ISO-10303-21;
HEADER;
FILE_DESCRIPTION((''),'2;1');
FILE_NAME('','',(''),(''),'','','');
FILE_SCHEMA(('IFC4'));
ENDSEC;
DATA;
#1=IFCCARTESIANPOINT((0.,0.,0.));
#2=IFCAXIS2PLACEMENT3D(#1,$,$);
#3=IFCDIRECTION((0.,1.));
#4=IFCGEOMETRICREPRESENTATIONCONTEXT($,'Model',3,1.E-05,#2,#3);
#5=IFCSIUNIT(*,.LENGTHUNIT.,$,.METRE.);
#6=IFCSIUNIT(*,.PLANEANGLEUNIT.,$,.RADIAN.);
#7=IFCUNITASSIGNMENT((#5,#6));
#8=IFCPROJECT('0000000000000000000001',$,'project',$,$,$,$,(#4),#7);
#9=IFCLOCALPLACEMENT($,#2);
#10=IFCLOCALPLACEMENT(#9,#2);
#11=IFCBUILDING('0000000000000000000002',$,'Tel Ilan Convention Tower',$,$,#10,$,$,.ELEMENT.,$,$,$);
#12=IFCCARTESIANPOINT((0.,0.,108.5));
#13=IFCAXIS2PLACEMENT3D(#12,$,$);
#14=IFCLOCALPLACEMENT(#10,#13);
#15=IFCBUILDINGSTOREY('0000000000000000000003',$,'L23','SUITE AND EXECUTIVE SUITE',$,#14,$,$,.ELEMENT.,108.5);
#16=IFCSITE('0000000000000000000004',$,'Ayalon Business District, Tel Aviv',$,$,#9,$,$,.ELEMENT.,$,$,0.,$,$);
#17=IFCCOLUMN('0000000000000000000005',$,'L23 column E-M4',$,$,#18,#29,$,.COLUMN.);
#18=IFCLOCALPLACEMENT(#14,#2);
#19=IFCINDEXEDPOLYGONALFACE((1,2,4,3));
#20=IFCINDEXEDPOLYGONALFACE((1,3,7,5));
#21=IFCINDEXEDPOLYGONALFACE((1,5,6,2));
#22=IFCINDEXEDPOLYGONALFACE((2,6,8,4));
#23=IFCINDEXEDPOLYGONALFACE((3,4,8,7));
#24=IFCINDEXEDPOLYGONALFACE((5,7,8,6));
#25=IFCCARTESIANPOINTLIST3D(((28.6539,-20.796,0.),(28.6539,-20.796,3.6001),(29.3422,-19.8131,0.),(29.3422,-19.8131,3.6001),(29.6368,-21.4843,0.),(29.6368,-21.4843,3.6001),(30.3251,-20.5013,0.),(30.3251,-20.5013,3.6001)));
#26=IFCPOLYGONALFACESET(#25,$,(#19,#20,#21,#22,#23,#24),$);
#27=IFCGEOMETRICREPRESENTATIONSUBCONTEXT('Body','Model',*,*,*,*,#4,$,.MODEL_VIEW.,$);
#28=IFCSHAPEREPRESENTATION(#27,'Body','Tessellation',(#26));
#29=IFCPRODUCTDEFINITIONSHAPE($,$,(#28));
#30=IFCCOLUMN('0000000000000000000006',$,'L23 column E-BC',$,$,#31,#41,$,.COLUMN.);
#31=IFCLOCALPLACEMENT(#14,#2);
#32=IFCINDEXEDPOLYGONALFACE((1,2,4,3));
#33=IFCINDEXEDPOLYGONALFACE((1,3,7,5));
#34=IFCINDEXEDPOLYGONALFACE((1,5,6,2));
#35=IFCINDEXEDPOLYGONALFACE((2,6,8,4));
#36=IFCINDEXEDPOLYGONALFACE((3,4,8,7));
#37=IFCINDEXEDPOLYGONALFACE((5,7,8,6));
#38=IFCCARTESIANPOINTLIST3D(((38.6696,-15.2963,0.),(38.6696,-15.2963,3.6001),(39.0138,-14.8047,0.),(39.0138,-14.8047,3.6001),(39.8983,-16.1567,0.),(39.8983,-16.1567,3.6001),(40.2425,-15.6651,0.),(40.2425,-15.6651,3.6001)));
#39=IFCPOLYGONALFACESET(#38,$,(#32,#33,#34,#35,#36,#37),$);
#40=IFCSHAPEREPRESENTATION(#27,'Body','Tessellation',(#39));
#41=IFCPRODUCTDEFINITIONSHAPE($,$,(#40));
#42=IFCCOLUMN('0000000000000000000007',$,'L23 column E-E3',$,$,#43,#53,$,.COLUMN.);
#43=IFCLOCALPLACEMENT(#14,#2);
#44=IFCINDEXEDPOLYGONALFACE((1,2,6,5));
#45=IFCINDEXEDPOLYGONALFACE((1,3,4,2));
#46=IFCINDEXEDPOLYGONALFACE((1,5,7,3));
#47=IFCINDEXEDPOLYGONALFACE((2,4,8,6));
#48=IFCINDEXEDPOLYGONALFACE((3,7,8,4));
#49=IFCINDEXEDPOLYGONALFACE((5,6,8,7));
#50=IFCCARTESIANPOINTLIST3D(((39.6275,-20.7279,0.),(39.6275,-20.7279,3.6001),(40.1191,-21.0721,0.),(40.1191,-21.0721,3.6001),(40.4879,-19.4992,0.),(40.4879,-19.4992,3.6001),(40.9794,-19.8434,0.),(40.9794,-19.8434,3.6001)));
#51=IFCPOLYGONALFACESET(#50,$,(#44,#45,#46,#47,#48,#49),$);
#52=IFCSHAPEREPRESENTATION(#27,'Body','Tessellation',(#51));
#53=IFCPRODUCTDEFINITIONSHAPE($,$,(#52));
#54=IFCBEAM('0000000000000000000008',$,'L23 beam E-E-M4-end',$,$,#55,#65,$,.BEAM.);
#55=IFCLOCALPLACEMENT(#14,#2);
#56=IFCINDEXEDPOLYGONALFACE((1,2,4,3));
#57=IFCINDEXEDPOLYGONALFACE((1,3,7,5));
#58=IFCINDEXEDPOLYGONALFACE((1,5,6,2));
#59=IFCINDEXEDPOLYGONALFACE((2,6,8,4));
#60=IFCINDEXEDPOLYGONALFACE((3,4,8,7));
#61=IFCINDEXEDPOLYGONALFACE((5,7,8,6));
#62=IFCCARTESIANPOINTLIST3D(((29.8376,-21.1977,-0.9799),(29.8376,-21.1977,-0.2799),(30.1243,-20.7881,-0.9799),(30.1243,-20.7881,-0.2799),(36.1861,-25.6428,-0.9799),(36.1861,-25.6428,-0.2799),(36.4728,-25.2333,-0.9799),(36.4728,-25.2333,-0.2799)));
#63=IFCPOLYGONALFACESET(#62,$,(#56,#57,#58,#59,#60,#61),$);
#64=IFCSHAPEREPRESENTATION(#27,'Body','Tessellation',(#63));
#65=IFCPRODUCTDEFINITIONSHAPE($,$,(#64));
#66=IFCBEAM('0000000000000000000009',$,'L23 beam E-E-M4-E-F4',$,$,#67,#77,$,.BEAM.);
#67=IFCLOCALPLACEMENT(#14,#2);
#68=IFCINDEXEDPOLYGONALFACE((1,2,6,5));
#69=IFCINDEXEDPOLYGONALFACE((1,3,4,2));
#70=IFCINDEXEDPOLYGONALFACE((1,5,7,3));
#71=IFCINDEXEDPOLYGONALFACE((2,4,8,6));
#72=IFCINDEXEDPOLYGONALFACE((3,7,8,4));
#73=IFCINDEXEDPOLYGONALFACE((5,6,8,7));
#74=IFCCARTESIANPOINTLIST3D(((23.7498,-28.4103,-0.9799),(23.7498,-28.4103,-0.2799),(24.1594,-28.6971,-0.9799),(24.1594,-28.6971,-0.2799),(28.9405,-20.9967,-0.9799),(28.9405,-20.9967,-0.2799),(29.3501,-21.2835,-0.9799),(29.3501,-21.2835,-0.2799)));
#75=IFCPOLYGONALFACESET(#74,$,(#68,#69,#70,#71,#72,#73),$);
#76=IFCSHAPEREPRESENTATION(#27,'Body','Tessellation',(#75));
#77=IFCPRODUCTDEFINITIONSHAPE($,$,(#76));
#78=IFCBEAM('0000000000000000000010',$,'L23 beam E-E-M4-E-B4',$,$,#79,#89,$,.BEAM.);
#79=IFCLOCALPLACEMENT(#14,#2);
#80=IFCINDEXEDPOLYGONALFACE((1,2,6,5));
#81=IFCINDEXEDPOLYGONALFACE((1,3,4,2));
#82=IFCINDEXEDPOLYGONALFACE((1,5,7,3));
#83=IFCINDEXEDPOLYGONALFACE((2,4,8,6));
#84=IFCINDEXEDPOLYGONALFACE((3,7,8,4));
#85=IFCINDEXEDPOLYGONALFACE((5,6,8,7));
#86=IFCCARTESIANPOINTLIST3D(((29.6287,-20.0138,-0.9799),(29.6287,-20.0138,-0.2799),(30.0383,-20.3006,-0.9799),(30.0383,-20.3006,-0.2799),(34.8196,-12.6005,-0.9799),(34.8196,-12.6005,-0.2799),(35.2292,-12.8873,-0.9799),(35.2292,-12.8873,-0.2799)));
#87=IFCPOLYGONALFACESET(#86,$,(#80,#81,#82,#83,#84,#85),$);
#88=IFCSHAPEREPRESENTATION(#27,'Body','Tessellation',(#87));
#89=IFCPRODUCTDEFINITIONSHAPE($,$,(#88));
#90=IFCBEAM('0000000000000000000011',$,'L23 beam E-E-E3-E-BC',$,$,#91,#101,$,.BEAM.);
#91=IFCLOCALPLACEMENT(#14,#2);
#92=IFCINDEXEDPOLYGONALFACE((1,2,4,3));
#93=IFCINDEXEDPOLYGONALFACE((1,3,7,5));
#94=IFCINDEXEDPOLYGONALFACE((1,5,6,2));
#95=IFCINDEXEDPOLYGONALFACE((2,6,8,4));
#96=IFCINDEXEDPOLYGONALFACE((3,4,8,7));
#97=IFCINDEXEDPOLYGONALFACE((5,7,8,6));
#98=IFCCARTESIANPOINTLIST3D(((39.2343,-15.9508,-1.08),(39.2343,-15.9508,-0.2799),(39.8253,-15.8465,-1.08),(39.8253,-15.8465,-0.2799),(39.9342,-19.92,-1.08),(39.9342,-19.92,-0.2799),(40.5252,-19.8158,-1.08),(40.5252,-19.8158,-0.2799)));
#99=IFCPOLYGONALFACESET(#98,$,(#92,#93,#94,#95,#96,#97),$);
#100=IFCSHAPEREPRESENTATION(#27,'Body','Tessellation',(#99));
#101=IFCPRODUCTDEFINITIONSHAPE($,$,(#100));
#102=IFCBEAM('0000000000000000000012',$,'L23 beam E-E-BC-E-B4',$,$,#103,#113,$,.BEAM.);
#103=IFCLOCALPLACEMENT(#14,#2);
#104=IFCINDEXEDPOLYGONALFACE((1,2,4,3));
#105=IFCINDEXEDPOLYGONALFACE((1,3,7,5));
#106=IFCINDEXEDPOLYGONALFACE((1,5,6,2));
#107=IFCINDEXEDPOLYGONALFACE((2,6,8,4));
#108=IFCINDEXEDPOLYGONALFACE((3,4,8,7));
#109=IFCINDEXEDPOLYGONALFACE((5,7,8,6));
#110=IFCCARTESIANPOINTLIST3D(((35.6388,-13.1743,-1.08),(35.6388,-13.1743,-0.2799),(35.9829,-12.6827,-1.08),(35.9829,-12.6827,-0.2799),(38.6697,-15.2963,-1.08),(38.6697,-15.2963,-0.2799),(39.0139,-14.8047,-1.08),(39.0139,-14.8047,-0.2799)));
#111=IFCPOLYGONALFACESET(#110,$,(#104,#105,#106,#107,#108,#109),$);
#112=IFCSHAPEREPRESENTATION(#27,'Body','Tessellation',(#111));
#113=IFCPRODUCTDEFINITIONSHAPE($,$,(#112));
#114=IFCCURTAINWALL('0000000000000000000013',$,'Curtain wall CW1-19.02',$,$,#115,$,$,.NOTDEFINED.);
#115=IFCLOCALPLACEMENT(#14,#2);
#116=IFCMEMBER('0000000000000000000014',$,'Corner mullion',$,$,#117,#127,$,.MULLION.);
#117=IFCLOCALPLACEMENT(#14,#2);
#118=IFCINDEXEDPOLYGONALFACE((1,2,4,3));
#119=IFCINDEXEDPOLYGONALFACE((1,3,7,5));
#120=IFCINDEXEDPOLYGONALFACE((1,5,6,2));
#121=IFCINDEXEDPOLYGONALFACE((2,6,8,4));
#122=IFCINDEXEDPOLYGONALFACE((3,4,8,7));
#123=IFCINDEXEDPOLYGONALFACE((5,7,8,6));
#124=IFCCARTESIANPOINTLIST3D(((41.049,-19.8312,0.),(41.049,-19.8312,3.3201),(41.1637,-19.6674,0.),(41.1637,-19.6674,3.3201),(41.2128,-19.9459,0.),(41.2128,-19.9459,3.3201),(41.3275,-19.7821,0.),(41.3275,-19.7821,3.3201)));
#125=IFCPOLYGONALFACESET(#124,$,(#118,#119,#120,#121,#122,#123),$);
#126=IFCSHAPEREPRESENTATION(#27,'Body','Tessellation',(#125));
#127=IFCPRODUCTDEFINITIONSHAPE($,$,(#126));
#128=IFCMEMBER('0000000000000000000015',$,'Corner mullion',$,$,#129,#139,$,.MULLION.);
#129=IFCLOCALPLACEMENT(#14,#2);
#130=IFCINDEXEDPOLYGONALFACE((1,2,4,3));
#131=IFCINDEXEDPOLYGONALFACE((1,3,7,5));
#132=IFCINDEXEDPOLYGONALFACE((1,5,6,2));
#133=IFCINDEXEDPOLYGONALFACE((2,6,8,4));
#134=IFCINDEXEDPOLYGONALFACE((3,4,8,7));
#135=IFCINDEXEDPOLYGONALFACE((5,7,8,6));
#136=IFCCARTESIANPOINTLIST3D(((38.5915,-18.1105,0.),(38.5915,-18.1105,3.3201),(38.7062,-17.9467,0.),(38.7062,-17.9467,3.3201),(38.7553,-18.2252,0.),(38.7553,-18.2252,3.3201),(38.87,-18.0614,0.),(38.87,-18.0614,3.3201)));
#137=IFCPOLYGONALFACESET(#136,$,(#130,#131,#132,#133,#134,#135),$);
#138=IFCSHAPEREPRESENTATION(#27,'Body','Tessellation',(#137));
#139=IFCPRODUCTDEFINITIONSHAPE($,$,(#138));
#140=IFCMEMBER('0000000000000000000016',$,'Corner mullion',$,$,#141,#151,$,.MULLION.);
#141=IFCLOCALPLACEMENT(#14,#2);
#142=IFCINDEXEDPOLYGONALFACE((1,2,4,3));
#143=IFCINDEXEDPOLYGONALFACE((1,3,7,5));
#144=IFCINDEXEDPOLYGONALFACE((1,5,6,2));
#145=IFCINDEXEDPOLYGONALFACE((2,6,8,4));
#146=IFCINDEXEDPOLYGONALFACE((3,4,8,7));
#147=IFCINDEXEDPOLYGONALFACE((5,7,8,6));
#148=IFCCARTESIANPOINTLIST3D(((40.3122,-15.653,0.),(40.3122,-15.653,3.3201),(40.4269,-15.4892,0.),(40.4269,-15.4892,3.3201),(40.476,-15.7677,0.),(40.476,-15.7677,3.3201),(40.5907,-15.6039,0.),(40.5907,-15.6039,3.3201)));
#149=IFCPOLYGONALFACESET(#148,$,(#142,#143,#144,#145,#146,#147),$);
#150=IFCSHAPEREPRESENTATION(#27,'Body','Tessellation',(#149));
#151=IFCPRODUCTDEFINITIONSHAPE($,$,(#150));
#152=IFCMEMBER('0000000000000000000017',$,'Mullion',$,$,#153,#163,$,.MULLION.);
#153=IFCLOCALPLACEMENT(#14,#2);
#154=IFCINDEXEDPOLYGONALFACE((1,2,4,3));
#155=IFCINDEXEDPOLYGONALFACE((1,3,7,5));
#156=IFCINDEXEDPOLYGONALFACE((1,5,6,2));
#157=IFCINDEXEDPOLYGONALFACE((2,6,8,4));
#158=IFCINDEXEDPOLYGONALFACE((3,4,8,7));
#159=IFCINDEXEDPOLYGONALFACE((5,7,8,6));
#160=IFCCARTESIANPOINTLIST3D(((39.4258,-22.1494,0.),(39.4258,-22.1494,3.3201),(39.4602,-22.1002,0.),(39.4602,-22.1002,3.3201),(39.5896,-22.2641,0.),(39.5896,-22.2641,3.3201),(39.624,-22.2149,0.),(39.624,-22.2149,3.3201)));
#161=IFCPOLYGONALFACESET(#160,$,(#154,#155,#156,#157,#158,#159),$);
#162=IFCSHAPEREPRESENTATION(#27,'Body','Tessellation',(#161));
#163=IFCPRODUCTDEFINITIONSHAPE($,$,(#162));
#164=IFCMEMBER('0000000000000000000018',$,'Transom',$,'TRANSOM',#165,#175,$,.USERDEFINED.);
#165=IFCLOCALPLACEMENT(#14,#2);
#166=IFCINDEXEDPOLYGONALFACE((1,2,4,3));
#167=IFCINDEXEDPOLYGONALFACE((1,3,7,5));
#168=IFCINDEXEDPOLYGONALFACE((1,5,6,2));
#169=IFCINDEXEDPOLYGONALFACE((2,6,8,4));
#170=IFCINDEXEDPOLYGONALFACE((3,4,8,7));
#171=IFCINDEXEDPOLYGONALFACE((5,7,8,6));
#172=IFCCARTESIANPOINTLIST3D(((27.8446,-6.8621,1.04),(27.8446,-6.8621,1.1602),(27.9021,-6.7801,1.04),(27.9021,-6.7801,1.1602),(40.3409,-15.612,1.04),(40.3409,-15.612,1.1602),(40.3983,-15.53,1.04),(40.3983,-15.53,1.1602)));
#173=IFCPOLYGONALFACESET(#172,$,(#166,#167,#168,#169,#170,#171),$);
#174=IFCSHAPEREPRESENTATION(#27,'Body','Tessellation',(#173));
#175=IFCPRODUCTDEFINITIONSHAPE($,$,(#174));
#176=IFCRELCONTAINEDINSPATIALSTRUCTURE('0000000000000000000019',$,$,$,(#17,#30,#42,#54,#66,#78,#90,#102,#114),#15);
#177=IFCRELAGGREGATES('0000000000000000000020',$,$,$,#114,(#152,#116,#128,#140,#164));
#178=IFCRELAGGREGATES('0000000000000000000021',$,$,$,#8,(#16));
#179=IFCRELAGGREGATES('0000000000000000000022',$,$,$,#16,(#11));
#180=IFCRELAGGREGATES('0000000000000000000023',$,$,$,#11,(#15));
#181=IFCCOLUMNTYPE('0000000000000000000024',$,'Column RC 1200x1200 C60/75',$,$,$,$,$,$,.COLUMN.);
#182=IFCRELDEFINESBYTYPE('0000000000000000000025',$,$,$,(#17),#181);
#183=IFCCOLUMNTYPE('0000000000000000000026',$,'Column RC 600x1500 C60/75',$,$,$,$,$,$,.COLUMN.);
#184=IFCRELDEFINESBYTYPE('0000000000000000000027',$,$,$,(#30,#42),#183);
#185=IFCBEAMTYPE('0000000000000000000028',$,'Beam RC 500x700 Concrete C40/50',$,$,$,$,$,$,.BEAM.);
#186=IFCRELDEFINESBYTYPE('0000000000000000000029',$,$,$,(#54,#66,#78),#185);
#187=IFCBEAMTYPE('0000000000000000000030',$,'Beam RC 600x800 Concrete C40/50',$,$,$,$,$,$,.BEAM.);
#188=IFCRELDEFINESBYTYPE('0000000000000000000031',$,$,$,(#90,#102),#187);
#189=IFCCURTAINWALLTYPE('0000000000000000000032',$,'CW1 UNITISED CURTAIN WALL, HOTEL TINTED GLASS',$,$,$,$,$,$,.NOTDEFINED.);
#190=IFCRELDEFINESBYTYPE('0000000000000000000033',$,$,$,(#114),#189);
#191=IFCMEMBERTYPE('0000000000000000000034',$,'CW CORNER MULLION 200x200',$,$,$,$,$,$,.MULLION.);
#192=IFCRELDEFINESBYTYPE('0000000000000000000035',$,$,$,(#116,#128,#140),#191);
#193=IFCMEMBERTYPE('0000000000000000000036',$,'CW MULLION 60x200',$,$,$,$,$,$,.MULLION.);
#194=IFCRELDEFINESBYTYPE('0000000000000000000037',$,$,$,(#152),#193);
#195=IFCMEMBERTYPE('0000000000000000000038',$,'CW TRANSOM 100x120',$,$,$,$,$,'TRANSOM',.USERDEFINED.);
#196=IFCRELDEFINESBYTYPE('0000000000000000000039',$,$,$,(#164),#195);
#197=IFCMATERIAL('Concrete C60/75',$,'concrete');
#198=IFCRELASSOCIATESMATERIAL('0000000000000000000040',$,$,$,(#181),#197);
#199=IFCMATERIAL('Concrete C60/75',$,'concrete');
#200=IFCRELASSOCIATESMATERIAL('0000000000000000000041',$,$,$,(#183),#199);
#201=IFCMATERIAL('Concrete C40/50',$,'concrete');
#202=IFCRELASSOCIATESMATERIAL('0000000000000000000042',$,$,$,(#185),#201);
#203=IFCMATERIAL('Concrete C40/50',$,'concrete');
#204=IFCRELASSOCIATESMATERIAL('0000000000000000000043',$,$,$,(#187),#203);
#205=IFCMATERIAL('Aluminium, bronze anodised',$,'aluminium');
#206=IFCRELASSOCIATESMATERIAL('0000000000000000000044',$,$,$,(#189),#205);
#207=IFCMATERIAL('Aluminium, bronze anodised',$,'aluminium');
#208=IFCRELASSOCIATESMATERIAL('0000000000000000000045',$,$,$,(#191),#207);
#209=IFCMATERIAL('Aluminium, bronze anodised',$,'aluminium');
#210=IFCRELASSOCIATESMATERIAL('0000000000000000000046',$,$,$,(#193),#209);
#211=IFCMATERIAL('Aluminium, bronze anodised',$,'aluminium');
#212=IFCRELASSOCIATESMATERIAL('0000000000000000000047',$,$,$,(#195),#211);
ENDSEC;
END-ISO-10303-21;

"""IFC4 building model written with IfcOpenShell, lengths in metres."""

from ifc_helpers import new_model, si_unit, direction, frame, origin, origin_2d, place, context, subcontext, project, spatial, rectangle, extrude, material, material_profile, profile_set, type_object, element, aggregate, save


model = new_model("IFC4")

# Units and contexts
model_context = context("Model", 3, precision=1e-05, world=origin(), true_north=direction((0.0, 1.0)))
body_context = subcontext(model_context, "Body", "Model", "MODEL_VIEW")
ifc_project = project(units=[si_unit("LENGTHUNIT", "METRE"), si_unit("PLANEANGLEUNIT", "RADIAN")], contexts=[model_context])

# Site, building, storey
site_placement = place(None, origin())
site = spatial("IfcSite", under=ifc_project, at=site_placement, Name="Ayalon Business District, Tel Aviv", CompositionType="ELEMENT", RefElevation=0.0)
building_placement = place(site_placement, origin())
building = spatial("IfcBuilding", under=site, at=building_placement, Name="Tel Ilan Convention Tower", CompositionType="ELEMENT")
storey_placement = place(building_placement, frame((0.0, 0.0, 108.5)))
storey = spatial("IfcBuildingStorey", under=building, at=storey_placement, Name="L23", Description="SUITE AND EXECUTIVE SUITE", CompositionType="ELEMENT", Elevation=108.5)

# Columns
ifc_material_1 = material(Name="Concrete C60/75", Category="concrete")
ifc_material_profile_1 = material_profile(ifc_material_1, rectangle(XDim=1.2, YDim=1.2, at=origin_2d()), Name="RC 1200x1200")
ifc_profile_set_1 = profile_set([ifc_material_profile_1], Name="Concrete C60/75")
column_type_1 = type_object("IfcColumnType", Name="Column RC 1200x1200 C60/75", PredefinedType="COLUMN", material=ifc_profile_set_1)
column_placement = place(storey_placement, frame((29.4895, -20.6487, 0.0), z_axis=(0.0, 0.0, 1.0), x_axis=(0.819152, -0.573576, 0.0)))
element("IfcColumn", 1, at=column_placement, inside=storey, type_object=column_type_1, Name="L23 column E-M4", PredefinedType="COLUMN", context=body_context, shape_type="SweptSolid", body=[
    extrude(rectangle(XDim=1.2, YDim=1.2, at=origin_2d()), origin(), (0.0, 0.0, 1.0), 3.6001),
])
ifc_material_2 = material(Name="Concrete C60/75", Category="concrete")
ifc_material_profile_2 = material_profile(ifc_material_2, rectangle(XDim=1.5, YDim=0.6001, at=origin_2d()), Name="RC 600x1500")
ifc_profile_set_2 = profile_set([ifc_material_profile_2], Name="Concrete C60/75")
column_type_2 = type_object("IfcColumnType", Name="Column RC 600x1500 C60/75", PredefinedType="COLUMN", material=ifc_profile_set_2)
for number, where, z_axis, x_axis, name in (
    (2, (39.4561, -15.4807, 0.0), (0.0, 0.0, 1.0), (0.819152, -0.573576, 0.0), "L23 column E-BC"),
    (3, (40.3035, -20.2856, 0.0), (0.0, 0.0, 1.0), (0.573576, 0.819152, 0.0), "L23 column E-E3"),
):
    element("IfcColumn", number, at=place(storey_placement, frame(where, z_axis=z_axis, x_axis=x_axis)), inside=storey, type_object=column_type_2, Name=name, PredefinedType="COLUMN", context=body_context, shape_type="SweptSolid", body=[
        extrude(rectangle(XDim=1.5, YDim=0.6001, at=origin_2d()), origin(), (0.0, 0.0, 1.0), 3.6001),
    ])

# Beams
ifc_material_3 = material(Name="Concrete C40/50", Category="concrete")
ifc_material_profile_3 = material_profile(ifc_material_3, rectangle(XDim=0.5, YDim=0.7, at=origin_2d()), Name="RC 500x700")
ifc_profile_set_3 = profile_set([ifc_material_profile_3], Name="Concrete C40/50")
beam_type_1 = type_object("IfcBeamType", Name="Beam RC 500x700 Concrete C40/50", PredefinedType="BEAM", material=ifc_profile_set_3)
beam_1_placement = place(storey_placement, frame((29.981, -20.9929, -0.6299), z_axis=(0.819159, -0.573566, 0.0), x_axis=(0.573566, 0.819159, 0.0)))
element("IfcBeam", 4, at=beam_1_placement, inside=storey, type_object=beam_type_1, Name="L23 beam E-E-M4-end", PredefinedType="BEAM", context=body_context, shape_type="SweptSolid", body=[
    extrude(rectangle(XDim=0.5, YDim=0.7, at=origin_2d()), origin(), (0.0, 0.0, 1.0), 7.75),
])
for number, where, z_axis, x_axis, name in (
    (5, (29.1453, -21.1401, -0.6299), (-0.573549, -0.819171, 0.0), (0.819171, -0.573549, 0.0), "L23 beam E-E-M4-E-F4"),
    (6, (29.8335, -20.1572, -0.6299), (0.57358, 0.81915, 0.0), (-0.81915, 0.57358, 0.0), "L23 beam E-E-M4-E-B4"),
):
    element("IfcBeam", number, at=place(storey_placement, frame(where, z_axis=z_axis, x_axis=x_axis)), inside=storey, type_object=beam_type_1, Name=name, PredefinedType="BEAM", context=body_context, shape_type="SweptSolid", body=[
        extrude(rectangle(XDim=0.5, YDim=0.7, at=origin_2d()), origin(), (0.0, 0.0, 1.0), 9.05),
    ])
ifc_material_4 = material(Name="Concrete C40/50", Category="concrete")
ifc_material_profile_4 = material_profile(ifc_material_4, rectangle(XDim=0.6001, YDim=0.8, at=origin_2d()), Name="RC 600x800")
ifc_profile_set_4 = profile_set([ifc_material_profile_4], Name="Concrete C40/50")
beam_type_2 = type_object("IfcBeamType", Name="Beam RC 600x800 Concrete C40/50", PredefinedType="BEAM", material=ifc_profile_set_4)
beam_2_placement = place(storey_placement, frame((40.2297, -19.8679, -0.6799), z_axis=(-0.173664, 0.984805, 0.0), x_axis=(-0.984805, -0.173664, 0.0)))
element("IfcBeam", 7, at=beam_2_placement, inside=storey, type_object=beam_type_2, Name="L23 beam E-E-E3-E-BC", PredefinedType="BEAM", context=body_context, shape_type="SweptSolid", body=[
    extrude(rectangle(XDim=0.6001, YDim=0.8, at=origin_2d()), origin(), (0.0, 0.0, 1.0), 4.0305),
])
beam_3_placement = place(storey_placement, frame((38.8418, -15.0505, -0.6799), z_axis=(-0.819185, 0.573529, 0.0), x_axis=(-0.573529, -0.819185, 0.0)))
element("IfcBeam", 8, at=beam_3_placement, inside=storey, type_object=beam_type_2, Name="L23 beam E-E-BC-E-B4", PredefinedType="BEAM", context=body_context, shape_type="SweptSolid", body=[
    extrude(rectangle(XDim=0.6001, YDim=0.8, at=origin_2d()), origin(), (0.0, 0.0, 1.0), 3.7),
])

# Curtain wall, members
ifc_material_5 = material(Name="Aluminium, bronze anodised", Category="aluminium")
curtain_wall_type = type_object("IfcCurtainWallType", Name="CW1 UNITISED CURTAIN WALL, HOTEL TINTED GLASS", PredefinedType="NOTDEFINED", material=ifc_material_5)
curtain_wall_placement = place(storey_placement, origin())
curtain_wall = element("IfcCurtainWall", 9, at=curtain_wall_placement, inside=storey, type_object=curtain_wall_type, Name="Curtain wall CW1-19.02", PredefinedType="NOTDEFINED")
ifc_material_6 = material(Name="Aluminium, bronze anodised", Category="aluminium")
ifc_material_profile_5 = material_profile(ifc_material_6, rectangle(XDim=0.2, YDim=0.2, at=origin_2d()), Name="CW CORNER MULLION 200x200")
ifc_profile_set_5 = profile_set([ifc_material_profile_5], Name="Aluminium, bronze anodised")
member_type_1 = type_object("IfcMemberType", Name="CW CORNER MULLION 200x200", PredefinedType="MULLION", material=ifc_profile_set_5)
member_1_placement = place(storey_placement, frame((41.1882, -19.8066, 0.0), z_axis=(0.0, 0.0, 1.0), x_axis=(0.573576, 0.819152, 0.0)))
member_1 = element("IfcMember", 10, at=member_1_placement, type_object=member_type_1, Name="Corner mullion", PredefinedType="MULLION", context=body_context, shape_type="SweptSolid", body=[
    extrude(rectangle(XDim=0.2, YDim=0.2, at=origin_2d()), origin(), (0.0, 0.0, 1.0), 3.3201),
])
member_2_placement = place(storey_placement, frame((38.7307, -18.0859, 0.0), z_axis=(0.0, 0.0, 1.0), x_axis=(-0.819152, 0.573576, 0.0)))
member_2 = element("IfcMember", 11, at=member_2_placement, type_object=member_type_1, Name="Corner mullion", PredefinedType="MULLION", context=body_context, shape_type="SweptSolid", body=[
    extrude(rectangle(XDim=0.2, YDim=0.2, at=origin_2d()), origin(), (0.0, 0.0, 1.0), 3.3201),
])
member_3_placement = place(storey_placement, frame((40.4514, -15.6284, 0.0), z_axis=(0.0, 0.0, 1.0), x_axis=(0.573576, 0.819152, 0.0)))
member_3 = element("IfcMember", 12, at=member_3_placement, type_object=member_type_1, Name="Corner mullion", PredefinedType="MULLION", context=body_context, shape_type="SweptSolid", body=[
    extrude(rectangle(XDim=0.2, YDim=0.2, at=origin_2d()), origin(), (0.0, 0.0, 1.0), 3.3201),
])
ifc_material_7 = material(Name="Aluminium, bronze anodised", Category="aluminium")
ifc_material_profile_6 = material_profile(ifc_material_7, rectangle(XDim=0.0601, YDim=0.2, at=origin_2d()), Name="CW MULLION 60x200")
ifc_profile_set_6 = profile_set([ifc_material_profile_6], Name="Aluminium, bronze anodised")
member_type_2 = type_object("IfcMemberType", Name="CW MULLION 60x200", PredefinedType="MULLION", material=ifc_profile_set_6)
member_4_placement = place(storey_placement, frame((39.5249, -22.1821, 0.0), z_axis=(0.0, 0.0, 1.0), x_axis=(0.573576, 0.819152, 0.0)))
member_4 = element("IfcMember", 13, at=member_4_placement, type_object=member_type_2, Name="Mullion", PredefinedType="MULLION", context=body_context, shape_type="SweptSolid", body=[
    extrude(rectangle(XDim=0.0601, YDim=0.2, at=origin_2d()), origin(), (0.0, 0.0, 1.0), 3.3201),
])
ifc_material_8 = material(Name="Aluminium, bronze anodised", Category="aluminium")
ifc_material_profile_7 = material_profile(ifc_material_8, rectangle(XDim=0.1001, YDim=0.1201, at=origin_2d()), Name="CW TRANSOM 100x120")
ifc_profile_set_7 = profile_set([ifc_material_profile_7], Name="Aluminium, bronze anodised")
member_type_3 = type_object("IfcMemberType", Name="CW TRANSOM 100x120", ElementType="TRANSOM", PredefinedType="USERDEFINED", material=ifc_profile_set_7)
member_5_placement = place(storey_placement, frame((40.3696, -15.571, 1.1001), z_axis=(-0.819153, 0.573575, 0.0), x_axis=(-0.573575, -0.819153, 0.0)))
member_5 = element("IfcMember", 14, at=member_5_placement, type_object=member_type_3, Name="Transom", ObjectType="TRANSOM", PredefinedType="USERDEFINED", context=body_context, shape_type="SweptSolid", body=[
    extrude(rectangle(XDim=0.1001, YDim=0.1201, at=origin_2d()), origin(), (0.0, 0.0, 1.0), 15.2551),
])
aggregate(curtain_wall, [member_4, member_1, member_2, member_3, member_5])

save(model, "model.ifc")
